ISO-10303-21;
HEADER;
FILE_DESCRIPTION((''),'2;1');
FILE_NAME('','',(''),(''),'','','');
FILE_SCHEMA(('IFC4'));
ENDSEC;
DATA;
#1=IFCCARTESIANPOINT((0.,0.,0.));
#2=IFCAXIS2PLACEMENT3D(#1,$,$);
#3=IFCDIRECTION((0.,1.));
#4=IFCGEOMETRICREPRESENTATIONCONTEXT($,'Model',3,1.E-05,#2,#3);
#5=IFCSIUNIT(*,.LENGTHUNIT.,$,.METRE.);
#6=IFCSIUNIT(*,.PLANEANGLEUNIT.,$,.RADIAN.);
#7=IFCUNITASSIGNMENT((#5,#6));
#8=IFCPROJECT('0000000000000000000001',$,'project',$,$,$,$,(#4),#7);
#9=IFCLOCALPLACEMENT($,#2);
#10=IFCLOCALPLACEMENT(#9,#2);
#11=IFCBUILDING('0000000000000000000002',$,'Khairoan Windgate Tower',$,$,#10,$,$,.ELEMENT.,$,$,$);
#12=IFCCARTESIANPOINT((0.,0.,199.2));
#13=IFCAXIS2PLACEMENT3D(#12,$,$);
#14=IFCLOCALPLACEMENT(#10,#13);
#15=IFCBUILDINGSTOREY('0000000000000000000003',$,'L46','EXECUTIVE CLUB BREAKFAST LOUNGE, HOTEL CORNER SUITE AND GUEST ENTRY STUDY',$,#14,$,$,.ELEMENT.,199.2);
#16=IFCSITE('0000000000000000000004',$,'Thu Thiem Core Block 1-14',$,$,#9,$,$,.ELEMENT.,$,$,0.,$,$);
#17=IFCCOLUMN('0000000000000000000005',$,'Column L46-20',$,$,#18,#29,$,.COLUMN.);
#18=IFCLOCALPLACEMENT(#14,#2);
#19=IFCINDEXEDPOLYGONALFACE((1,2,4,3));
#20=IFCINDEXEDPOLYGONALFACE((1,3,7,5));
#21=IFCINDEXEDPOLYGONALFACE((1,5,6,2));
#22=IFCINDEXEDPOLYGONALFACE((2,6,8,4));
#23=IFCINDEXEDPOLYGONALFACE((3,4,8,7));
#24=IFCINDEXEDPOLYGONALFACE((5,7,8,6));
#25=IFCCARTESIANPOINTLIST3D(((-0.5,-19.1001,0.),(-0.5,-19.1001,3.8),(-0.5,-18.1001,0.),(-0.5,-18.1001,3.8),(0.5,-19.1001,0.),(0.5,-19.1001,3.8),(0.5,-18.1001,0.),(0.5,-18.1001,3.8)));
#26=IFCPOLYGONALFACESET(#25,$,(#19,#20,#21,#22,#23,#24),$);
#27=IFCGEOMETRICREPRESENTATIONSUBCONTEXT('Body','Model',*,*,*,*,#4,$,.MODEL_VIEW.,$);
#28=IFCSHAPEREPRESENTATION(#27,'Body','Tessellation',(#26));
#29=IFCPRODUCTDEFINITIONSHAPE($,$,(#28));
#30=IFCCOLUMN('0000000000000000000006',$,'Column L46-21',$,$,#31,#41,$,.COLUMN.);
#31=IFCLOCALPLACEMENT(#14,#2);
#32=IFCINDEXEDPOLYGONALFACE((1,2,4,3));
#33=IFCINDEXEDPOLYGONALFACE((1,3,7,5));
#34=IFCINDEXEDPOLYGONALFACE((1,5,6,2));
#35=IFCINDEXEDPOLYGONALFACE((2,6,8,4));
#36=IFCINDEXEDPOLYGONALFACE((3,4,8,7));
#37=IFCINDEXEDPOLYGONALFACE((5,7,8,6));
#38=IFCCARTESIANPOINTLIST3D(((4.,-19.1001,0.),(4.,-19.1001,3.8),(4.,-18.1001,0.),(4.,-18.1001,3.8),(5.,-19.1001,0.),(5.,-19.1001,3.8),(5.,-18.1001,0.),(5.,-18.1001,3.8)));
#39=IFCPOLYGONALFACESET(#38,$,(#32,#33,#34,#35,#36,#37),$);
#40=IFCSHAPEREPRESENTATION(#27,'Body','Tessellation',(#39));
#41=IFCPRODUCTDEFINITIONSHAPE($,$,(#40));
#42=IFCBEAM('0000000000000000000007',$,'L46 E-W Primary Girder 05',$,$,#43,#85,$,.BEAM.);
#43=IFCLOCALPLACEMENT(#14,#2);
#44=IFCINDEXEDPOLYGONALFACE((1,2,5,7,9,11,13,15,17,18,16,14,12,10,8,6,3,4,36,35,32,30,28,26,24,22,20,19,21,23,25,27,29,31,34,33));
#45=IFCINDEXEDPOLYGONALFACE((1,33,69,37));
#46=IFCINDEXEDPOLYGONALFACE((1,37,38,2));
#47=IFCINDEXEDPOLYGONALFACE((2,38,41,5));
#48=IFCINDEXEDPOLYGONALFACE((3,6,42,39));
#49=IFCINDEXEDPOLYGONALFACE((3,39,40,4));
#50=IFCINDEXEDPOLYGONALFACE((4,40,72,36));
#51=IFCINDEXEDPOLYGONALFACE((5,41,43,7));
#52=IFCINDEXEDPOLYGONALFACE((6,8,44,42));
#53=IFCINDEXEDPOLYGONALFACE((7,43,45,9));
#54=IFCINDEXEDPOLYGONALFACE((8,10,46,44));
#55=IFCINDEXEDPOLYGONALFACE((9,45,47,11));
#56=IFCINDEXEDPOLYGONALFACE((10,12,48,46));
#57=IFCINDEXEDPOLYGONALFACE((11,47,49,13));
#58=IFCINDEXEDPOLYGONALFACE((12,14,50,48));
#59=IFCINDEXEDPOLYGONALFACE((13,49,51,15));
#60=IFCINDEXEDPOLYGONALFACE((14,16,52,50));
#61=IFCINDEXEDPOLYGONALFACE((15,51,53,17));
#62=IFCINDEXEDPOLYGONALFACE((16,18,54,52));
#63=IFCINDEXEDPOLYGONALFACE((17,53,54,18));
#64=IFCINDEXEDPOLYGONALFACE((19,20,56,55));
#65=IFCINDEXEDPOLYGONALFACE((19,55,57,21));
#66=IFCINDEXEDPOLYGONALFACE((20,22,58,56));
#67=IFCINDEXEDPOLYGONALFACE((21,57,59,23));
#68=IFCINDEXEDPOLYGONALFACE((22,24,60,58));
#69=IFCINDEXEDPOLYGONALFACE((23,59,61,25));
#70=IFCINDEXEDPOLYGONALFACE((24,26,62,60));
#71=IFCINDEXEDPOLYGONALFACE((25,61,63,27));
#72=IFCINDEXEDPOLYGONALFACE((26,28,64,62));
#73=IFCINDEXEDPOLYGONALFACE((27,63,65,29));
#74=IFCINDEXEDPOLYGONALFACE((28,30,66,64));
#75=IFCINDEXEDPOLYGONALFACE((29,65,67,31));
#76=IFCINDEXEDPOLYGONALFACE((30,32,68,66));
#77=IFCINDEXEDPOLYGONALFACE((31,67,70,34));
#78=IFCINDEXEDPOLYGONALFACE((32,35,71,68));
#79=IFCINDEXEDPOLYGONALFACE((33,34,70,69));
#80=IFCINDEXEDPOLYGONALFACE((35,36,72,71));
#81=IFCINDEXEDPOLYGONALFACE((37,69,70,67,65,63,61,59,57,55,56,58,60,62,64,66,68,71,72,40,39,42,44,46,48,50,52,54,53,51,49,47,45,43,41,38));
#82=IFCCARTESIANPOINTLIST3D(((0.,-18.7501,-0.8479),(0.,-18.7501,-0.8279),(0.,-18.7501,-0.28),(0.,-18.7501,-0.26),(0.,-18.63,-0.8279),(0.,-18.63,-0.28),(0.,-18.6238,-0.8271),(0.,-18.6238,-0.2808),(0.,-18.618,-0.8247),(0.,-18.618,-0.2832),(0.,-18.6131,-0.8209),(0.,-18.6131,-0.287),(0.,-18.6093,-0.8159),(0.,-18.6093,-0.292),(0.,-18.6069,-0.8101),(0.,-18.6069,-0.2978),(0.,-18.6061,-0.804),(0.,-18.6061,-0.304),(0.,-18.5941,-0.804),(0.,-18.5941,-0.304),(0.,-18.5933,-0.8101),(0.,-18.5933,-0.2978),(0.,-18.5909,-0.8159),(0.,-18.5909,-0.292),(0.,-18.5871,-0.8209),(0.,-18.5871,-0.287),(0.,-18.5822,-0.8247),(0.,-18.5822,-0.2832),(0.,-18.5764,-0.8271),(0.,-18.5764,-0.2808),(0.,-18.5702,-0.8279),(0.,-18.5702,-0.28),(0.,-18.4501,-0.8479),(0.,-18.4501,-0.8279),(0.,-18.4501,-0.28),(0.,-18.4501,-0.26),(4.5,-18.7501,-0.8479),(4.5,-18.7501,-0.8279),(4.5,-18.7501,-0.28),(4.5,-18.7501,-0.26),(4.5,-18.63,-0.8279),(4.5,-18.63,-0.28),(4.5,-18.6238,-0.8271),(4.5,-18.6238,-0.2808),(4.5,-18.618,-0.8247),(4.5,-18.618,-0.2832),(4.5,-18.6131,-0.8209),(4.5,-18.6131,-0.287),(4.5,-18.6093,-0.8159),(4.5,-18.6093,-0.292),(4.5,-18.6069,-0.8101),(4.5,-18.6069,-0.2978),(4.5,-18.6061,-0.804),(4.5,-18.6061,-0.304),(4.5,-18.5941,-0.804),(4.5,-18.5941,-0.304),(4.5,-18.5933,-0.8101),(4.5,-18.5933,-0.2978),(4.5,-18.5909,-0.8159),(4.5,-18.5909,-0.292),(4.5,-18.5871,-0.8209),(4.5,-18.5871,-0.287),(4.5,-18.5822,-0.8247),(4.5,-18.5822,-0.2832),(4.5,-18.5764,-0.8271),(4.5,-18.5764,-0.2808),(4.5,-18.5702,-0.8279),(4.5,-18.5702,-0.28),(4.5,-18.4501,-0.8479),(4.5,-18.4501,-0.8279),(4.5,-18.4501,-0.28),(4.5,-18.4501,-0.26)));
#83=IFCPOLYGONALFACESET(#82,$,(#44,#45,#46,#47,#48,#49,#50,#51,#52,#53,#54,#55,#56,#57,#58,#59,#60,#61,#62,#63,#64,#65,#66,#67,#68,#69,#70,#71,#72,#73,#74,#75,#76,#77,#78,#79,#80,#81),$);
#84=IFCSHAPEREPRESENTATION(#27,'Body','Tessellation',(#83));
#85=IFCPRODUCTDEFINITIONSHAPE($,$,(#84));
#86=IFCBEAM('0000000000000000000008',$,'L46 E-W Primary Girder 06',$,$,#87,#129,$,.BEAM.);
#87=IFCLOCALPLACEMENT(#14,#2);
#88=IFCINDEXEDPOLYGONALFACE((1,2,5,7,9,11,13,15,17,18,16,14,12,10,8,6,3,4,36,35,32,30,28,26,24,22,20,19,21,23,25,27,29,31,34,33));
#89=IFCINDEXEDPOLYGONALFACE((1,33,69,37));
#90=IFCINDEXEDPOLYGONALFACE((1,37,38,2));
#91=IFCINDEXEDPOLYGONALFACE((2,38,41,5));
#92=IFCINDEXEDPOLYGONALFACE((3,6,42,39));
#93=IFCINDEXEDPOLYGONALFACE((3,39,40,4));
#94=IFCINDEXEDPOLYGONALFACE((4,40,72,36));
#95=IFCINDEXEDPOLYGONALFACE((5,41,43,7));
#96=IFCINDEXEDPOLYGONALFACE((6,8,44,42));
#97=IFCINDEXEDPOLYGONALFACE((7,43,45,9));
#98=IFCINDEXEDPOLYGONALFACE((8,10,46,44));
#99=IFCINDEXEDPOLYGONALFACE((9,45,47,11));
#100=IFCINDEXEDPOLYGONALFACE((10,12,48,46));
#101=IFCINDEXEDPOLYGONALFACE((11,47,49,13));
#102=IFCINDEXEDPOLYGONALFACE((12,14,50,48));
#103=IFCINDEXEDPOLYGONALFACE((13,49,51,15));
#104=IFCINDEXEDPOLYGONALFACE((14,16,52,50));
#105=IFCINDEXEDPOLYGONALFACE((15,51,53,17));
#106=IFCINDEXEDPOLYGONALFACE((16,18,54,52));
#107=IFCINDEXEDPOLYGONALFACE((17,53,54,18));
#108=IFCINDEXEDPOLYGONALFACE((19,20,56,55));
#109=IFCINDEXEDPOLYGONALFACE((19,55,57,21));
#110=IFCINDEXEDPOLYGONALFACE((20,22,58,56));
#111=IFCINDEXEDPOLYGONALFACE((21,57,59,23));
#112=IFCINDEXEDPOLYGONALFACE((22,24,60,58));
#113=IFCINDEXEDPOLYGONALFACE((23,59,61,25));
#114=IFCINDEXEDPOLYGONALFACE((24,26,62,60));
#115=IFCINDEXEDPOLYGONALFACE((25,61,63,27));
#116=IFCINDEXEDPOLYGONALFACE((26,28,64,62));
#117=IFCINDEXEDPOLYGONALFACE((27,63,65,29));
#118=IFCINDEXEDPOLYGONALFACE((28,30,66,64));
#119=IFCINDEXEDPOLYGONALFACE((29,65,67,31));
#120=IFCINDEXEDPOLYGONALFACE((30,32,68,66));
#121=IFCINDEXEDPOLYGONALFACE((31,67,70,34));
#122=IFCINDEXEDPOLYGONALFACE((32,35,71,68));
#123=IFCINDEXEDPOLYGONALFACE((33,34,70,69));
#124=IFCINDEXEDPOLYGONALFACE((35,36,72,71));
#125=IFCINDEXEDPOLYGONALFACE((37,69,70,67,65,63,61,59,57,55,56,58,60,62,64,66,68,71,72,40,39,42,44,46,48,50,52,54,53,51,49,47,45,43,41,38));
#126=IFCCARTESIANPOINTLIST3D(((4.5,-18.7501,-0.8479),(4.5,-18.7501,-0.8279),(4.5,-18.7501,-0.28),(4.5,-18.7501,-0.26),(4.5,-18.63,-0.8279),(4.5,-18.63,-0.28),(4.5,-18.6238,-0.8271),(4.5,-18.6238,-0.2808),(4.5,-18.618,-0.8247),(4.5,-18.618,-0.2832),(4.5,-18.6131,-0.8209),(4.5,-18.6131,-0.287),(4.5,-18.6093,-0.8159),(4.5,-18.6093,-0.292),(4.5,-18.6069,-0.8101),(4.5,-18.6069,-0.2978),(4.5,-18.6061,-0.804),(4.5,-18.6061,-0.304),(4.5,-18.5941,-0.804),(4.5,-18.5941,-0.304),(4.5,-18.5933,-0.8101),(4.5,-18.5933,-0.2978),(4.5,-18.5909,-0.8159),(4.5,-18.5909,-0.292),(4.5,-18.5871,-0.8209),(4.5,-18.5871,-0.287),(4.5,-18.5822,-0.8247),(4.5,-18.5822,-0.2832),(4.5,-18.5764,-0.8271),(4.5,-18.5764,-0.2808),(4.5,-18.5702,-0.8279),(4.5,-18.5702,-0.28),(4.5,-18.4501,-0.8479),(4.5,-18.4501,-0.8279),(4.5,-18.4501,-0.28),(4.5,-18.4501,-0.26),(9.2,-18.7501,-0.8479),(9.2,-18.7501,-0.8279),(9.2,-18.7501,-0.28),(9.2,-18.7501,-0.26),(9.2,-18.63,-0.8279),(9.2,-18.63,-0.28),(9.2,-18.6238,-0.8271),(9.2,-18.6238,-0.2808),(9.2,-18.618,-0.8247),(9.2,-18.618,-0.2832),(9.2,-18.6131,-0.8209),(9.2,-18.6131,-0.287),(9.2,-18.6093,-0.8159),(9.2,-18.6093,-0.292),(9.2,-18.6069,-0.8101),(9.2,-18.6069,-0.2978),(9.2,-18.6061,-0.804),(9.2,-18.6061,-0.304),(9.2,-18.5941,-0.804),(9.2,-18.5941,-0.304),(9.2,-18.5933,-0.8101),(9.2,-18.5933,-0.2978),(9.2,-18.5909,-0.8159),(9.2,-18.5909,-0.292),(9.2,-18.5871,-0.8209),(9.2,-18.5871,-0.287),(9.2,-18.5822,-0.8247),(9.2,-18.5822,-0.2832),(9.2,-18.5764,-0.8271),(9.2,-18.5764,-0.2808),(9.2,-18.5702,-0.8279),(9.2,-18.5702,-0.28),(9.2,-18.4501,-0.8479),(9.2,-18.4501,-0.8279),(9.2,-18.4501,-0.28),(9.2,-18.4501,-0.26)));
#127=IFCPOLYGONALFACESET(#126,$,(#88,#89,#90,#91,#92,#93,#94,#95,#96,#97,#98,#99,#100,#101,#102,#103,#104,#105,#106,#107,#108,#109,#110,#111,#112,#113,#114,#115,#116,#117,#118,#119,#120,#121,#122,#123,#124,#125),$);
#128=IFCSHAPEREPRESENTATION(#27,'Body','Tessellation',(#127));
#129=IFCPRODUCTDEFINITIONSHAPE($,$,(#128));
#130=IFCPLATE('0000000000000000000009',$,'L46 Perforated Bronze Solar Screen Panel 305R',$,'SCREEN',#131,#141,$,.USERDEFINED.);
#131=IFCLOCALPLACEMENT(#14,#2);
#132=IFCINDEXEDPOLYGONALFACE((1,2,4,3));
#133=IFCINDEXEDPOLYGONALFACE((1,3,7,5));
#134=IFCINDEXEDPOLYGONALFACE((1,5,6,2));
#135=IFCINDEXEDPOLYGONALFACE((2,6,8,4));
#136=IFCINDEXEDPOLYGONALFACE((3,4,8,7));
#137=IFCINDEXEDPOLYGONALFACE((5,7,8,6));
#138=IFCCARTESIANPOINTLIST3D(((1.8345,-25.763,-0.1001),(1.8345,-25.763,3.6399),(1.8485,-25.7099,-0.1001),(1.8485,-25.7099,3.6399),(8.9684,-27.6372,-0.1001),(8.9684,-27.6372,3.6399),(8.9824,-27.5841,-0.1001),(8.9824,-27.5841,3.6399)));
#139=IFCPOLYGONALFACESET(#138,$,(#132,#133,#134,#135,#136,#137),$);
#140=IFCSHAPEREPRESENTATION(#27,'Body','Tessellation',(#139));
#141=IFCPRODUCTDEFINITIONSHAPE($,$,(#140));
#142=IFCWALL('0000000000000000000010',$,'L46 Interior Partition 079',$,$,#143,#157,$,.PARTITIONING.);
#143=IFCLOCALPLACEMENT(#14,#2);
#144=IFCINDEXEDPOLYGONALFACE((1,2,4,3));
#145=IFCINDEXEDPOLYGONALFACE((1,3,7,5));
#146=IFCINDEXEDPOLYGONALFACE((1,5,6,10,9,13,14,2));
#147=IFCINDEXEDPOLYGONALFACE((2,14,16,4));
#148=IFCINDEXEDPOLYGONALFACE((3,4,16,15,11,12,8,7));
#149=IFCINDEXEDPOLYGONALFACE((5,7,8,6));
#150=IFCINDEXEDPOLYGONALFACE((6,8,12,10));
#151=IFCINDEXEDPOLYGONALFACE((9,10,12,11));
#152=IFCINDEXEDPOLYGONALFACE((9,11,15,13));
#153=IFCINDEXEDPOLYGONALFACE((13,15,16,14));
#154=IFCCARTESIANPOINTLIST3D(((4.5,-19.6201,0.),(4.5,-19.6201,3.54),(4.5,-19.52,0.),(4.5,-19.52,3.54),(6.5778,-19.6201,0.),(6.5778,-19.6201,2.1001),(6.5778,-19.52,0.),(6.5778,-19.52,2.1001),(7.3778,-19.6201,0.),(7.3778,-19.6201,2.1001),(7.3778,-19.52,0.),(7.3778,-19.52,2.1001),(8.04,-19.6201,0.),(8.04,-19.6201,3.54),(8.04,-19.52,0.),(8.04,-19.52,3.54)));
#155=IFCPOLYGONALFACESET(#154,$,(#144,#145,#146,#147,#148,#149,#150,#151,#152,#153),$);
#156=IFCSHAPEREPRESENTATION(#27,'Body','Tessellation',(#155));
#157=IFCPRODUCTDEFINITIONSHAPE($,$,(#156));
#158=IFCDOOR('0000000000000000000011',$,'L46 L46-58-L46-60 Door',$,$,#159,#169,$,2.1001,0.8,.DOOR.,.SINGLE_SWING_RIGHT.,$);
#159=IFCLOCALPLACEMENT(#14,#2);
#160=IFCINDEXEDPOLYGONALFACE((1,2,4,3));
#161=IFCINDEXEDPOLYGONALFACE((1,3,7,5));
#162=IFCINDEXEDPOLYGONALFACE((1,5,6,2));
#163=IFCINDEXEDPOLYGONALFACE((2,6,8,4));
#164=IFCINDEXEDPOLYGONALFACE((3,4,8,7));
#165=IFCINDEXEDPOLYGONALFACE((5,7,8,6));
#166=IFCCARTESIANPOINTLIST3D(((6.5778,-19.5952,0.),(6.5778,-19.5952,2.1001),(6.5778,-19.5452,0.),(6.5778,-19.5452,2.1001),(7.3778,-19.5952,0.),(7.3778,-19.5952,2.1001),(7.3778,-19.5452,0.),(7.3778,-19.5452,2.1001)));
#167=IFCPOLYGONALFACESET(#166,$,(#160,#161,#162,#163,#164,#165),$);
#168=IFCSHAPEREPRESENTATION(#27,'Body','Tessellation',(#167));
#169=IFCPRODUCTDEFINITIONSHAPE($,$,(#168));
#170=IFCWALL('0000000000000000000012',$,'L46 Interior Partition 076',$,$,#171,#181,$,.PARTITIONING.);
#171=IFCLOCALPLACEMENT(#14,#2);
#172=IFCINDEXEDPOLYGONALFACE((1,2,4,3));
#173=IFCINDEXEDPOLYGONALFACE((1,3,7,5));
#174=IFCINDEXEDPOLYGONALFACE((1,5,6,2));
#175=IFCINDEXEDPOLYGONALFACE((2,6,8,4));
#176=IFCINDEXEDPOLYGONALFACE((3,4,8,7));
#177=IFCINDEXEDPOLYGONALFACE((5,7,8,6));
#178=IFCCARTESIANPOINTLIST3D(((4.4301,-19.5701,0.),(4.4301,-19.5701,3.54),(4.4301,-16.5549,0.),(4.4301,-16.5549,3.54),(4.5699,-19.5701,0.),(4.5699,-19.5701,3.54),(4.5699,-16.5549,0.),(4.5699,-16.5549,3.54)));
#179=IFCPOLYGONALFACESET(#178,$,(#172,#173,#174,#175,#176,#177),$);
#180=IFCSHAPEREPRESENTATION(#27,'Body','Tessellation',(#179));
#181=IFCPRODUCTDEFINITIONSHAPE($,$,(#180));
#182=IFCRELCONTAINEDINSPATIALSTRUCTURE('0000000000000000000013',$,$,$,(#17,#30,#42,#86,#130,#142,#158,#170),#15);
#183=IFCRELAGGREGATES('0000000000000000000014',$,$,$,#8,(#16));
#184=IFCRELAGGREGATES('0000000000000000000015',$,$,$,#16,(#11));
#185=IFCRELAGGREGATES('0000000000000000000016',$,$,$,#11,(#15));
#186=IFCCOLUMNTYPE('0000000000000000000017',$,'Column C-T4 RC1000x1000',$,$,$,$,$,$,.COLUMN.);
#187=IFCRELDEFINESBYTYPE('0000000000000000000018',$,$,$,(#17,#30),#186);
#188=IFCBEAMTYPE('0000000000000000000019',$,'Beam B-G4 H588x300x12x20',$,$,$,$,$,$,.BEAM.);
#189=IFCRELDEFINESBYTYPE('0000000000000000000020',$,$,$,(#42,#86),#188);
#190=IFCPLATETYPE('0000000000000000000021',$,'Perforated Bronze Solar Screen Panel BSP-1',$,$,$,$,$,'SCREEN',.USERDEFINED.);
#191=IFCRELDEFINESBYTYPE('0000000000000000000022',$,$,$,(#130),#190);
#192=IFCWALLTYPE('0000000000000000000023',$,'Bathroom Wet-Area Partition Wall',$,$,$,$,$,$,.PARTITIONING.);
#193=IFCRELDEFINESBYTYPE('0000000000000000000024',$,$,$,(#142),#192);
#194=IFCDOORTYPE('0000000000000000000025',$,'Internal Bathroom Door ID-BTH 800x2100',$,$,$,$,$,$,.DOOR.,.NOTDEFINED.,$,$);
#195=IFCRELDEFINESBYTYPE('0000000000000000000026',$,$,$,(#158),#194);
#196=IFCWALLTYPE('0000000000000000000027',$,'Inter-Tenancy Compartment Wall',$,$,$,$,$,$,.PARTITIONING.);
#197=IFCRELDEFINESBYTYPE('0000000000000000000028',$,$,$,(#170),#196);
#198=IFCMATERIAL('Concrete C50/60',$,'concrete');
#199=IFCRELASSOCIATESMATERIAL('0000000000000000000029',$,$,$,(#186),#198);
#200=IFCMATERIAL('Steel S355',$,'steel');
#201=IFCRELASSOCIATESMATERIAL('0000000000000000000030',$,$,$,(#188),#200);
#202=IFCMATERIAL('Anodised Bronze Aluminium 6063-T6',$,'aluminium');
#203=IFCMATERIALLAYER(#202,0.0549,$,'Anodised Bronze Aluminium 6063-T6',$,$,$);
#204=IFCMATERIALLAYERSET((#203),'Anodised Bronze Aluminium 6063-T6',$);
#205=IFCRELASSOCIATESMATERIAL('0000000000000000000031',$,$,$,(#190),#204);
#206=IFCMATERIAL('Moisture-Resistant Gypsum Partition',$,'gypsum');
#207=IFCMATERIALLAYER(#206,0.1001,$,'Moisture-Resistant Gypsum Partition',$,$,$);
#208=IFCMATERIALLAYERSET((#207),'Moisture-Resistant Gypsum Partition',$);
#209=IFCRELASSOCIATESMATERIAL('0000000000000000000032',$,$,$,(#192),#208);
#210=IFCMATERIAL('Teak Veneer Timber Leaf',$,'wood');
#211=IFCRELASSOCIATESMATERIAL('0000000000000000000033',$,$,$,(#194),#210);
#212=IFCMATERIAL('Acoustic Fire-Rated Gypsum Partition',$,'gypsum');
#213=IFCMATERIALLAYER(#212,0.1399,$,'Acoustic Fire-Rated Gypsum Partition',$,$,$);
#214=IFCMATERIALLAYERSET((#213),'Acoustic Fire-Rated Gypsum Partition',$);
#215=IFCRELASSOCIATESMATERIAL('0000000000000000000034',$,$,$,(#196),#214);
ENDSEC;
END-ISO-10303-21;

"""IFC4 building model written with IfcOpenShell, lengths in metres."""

from ifc_helpers import new_model, si_unit, direction, frame, frame_2d, origin, origin_2d, place, context, subcontext, project, spatial, rectangle, i_section, extrude, material, layer, layer_set, material_profile, profile_set, type_object, element, fill, save


model = new_model("IFC4")

# Units and contexts
model_context = context("Model", 3, precision=1e-05, world=origin(), true_north=direction((0.0, 1.0)))
body_context = subcontext(model_context, "Body", "Model", "MODEL_VIEW")
ifc_project = project(units=[si_unit("LENGTHUNIT", "METRE"), si_unit("PLANEANGLEUNIT", "RADIAN")], contexts=[model_context])

# Site, building, storey
site_placement = place(None, origin())
site = spatial("IfcSite", under=ifc_project, at=site_placement, Name="Thu Thiem Core Block 1-14", CompositionType="ELEMENT", RefElevation=0.0)
building_placement = place(site_placement, origin())
building = spatial("IfcBuilding", under=site, at=building_placement, Name="Khairoan Windgate Tower", CompositionType="ELEMENT")
storey_placement = place(building_placement, frame((0.0, 0.0, 199.2)))
storey = spatial("IfcBuildingStorey", under=building, at=storey_placement, Name="L46", Description="EXECUTIVE CLUB BREAKFAST LOUNGE, HOTEL CORNER SUITE AND GUEST ENTRY STUDY", CompositionType="ELEMENT", Elevation=199.2)

# Columns
ifc_material_1 = material(Name="Concrete C50/60", Category="concrete")
ifc_material_profile_1 = material_profile(ifc_material_1, rectangle(XDim=1.0, YDim=1.0, at=origin_2d()))
ifc_profile_set_1 = profile_set([ifc_material_profile_1], Name="Concrete C50/60")
column_type = type_object("IfcColumnType", Name="Column C-T4 RC1000x1000", PredefinedType="COLUMN", material=ifc_profile_set_1)
for number, where, z_axis, x_axis, name in (
    (1, (0.0, -18.6001, 0.0), (0.0, 0.0, 1.0), (1.0, 0.0, 0.0), "Column L46-20"),
    (2, (4.5, -18.6001, 0.0), (0.0, 0.0, 1.0), (1.0, 0.0, 0.0), "Column L46-21"),
):
    element("IfcColumn", number, at=place(storey_placement, frame(where, z_axis=z_axis, x_axis=x_axis)), inside=storey, type_object=column_type, Name=name, PredefinedType="COLUMN", context=body_context, shape_type="SweptSolid", body=[
        extrude(rectangle(XDim=1.0, YDim=1.0, at=origin_2d()), origin(), (0.0, 0.0, 1.0), 3.8),
    ])

# Beams
ifc_material_2 = material(Name="Steel S355", Category="steel")
ifc_material_profile_2 = material_profile(ifc_material_2, i_section(OverallWidth=0.3, OverallDepth=0.5879, WebThickness=0.012, FlangeThickness=0.02, FilletRadius=0.0239, at=origin_2d()))
ifc_profile_set_2 = profile_set([ifc_material_profile_2], Name="Steel S355")
beam_type = type_object("IfcBeamType", Name="Beam B-G4 H588x300x12x20", PredefinedType="BEAM", material=ifc_profile_set_2)
beam_1_placement = place(storey_placement, frame((0.0, -18.6001, -0.554), z_axis=(1.0, 0.0, 0.0), x_axis=(0.0, 1.0, 0.0)))
element("IfcBeam", 3, at=beam_1_placement, inside=storey, type_object=beam_type, Name="L46 E-W Primary Girder 05", PredefinedType="BEAM", context=body_context, shape_type="SweptSolid", body=[
    extrude(i_section(OverallWidth=0.3, OverallDepth=0.5879, WebThickness=0.012, FlangeThickness=0.02, FilletRadius=0.0239, at=origin_2d()), origin(), (0.0, 0.0, 1.0), 4.5),
])
beam_2_placement = place(storey_placement, frame((4.5, -18.6001, -0.554), z_axis=(1.0, 0.0, 0.0), x_axis=(0.0, 1.0, 0.0)))
element("IfcBeam", 4, at=beam_2_placement, inside=storey, type_object=beam_type, Name="L46 E-W Primary Girder 06", PredefinedType="BEAM", context=body_context, shape_type="SweptSolid", body=[
    extrude(i_section(OverallWidth=0.3, OverallDepth=0.5879, WebThickness=0.012, FlangeThickness=0.02, FilletRadius=0.0239, at=origin_2d()), origin(), (0.0, 0.0, 1.0), 4.7),
])

# Plate
ifc_material_3 = material(Name="Anodised Bronze Aluminium 6063-T6", Category="aluminium")
ifc_layer_1 = layer(ifc_material_3, 0.0549, Name="Anodised Bronze Aluminium 6063-T6")
ifc_layer_set_1 = layer_set([ifc_layer_1], Name="Anodised Bronze Aluminium 6063-T6")
plate_type = type_object("IfcPlateType", Name="Perforated Bronze Solar Screen Panel BSP-1", ElementType="SCREEN", PredefinedType="USERDEFINED", material=ifc_layer_set_1)
plate_placement = place(storey_placement, frame((5.4084, -26.6736, -0.1001), z_axis=(0.0, 0.0, 1.0), x_axis=(-0.967179, 0.254096, 0.0)))
element("IfcPlate", 5, at=plate_placement, inside=storey, type_object=plate_type, Name="L46 Perforated Bronze Solar Screen Panel 305R", ObjectType="SCREEN", PredefinedType="USERDEFINED", context=body_context, shape_type="SweptSolid", body=[
    extrude(rectangle(XDim=7.376, YDim=0.0549, at=origin_2d()), origin(), (0.0, 0.0, 1.0), 3.74),
])

# Wall, opening, door
ifc_material_4 = material(Name="Moisture-Resistant Gypsum Partition", Category="gypsum")
ifc_layer_2 = layer(ifc_material_4, 0.1001, Name="Moisture-Resistant Gypsum Partition")
ifc_layer_set_2 = layer_set([ifc_layer_2], Name="Moisture-Resistant Gypsum Partition")
wall_type_1 = type_object("IfcWallType", Name="Bathroom Wet-Area Partition Wall", PredefinedType="PARTITIONING", material=ifc_layer_set_2)
wall_1_placement = place(storey_placement, frame((4.5, -19.5701, 0.0), z_axis=(0.0, 0.0, 1.0), x_axis=(1.0, 0.0, 0.0)))
wall_1 = element("IfcWall", 6, at=wall_1_placement, inside=storey, type_object=wall_type_1, Name="L46 Interior Partition 079", PredefinedType="PARTITIONING", context=body_context, shape_type="SweptSolid", body=[
    extrude(rectangle(XDim=3.54, YDim=0.1001, at=frame_2d((1.77, 0.0))), origin(), (0.0, 0.0, 1.0), 3.54),
])
opening_1_placement = place(wall_1_placement, frame((2.0779, 0.0, 0.0)))
opening_1 = element("IfcOpeningElement", 7, at=opening_1_placement, cuts=wall_1, PredefinedType="OPENING", context=body_context, shape_type="SweptSolid", body=[
    extrude(rectangle(XDim=0.8, YDim=2.1001, at=frame_2d((0.3999, 1.05))), frame((0.0, 0.0601, 0.0), z_axis=(0.0, -1.0, 0.0), x_axis=(1.0, 0.0, 0.0)), (0.0, 0.0, 1.0), 0.1201),
])
ifc_material_5 = material(Name="Teak Veneer Timber Leaf", Category="wood")
door_type_1 = type_object("IfcDoorType", Name="Internal Bathroom Door ID-BTH 800x2100", OperationType="NOTDEFINED", PredefinedType="DOOR", material=ifc_material_5)
door_1_placement = place(opening_1_placement, origin())
door_1 = element("IfcDoor", 8, at=door_1_placement, inside=storey, type_object=door_type_1, Name="L46 L46-58-L46-60 Door", OperationType="SINGLE_SWING_RIGHT", OverallHeight=2.1001, OverallWidth=0.8, PredefinedType="DOOR", context=body_context, shape_type="SweptSolid", body=[
    extrude(rectangle(XDim=0.8, YDim=2.1001, at=frame_2d((0.3999, 1.05))), frame((0.0, 0.0249, 0.0), z_axis=(0.0, -1.0, 0.0), x_axis=(1.0, 0.0, 0.0)), (0.0, 0.0, 1.0), 0.05),
])
fill(opening_1, door_1)

# Wall
ifc_material_6 = material(Name="Acoustic Fire-Rated Gypsum Partition", Category="gypsum")
ifc_layer_3 = layer(ifc_material_6, 0.1399, Name="Acoustic Fire-Rated Gypsum Partition")
ifc_layer_set_3 = layer_set([ifc_layer_3], Name="Acoustic Fire-Rated Gypsum Partition")
wall_type_2 = type_object("IfcWallType", Name="Inter-Tenancy Compartment Wall", PredefinedType="PARTITIONING", material=ifc_layer_set_3)
wall_2_placement = place(storey_placement, frame((4.5, -19.5701, 0.0), z_axis=(0.0, 0.0, 1.0), x_axis=(0.0, 1.0, 0.0)))
element("IfcWall", 9, at=wall_2_placement, inside=storey, type_object=wall_type_2, Name="L46 Interior Partition 076", PredefinedType="PARTITIONING", context=body_context, shape_type="SweptSolid", body=[
    extrude(rectangle(XDim=3.0151, YDim=0.1399, at=frame_2d((1.5076, 0.0))), origin(), (0.0, 0.0, 1.0), 3.54),
])

save(model, "model.ifc")
